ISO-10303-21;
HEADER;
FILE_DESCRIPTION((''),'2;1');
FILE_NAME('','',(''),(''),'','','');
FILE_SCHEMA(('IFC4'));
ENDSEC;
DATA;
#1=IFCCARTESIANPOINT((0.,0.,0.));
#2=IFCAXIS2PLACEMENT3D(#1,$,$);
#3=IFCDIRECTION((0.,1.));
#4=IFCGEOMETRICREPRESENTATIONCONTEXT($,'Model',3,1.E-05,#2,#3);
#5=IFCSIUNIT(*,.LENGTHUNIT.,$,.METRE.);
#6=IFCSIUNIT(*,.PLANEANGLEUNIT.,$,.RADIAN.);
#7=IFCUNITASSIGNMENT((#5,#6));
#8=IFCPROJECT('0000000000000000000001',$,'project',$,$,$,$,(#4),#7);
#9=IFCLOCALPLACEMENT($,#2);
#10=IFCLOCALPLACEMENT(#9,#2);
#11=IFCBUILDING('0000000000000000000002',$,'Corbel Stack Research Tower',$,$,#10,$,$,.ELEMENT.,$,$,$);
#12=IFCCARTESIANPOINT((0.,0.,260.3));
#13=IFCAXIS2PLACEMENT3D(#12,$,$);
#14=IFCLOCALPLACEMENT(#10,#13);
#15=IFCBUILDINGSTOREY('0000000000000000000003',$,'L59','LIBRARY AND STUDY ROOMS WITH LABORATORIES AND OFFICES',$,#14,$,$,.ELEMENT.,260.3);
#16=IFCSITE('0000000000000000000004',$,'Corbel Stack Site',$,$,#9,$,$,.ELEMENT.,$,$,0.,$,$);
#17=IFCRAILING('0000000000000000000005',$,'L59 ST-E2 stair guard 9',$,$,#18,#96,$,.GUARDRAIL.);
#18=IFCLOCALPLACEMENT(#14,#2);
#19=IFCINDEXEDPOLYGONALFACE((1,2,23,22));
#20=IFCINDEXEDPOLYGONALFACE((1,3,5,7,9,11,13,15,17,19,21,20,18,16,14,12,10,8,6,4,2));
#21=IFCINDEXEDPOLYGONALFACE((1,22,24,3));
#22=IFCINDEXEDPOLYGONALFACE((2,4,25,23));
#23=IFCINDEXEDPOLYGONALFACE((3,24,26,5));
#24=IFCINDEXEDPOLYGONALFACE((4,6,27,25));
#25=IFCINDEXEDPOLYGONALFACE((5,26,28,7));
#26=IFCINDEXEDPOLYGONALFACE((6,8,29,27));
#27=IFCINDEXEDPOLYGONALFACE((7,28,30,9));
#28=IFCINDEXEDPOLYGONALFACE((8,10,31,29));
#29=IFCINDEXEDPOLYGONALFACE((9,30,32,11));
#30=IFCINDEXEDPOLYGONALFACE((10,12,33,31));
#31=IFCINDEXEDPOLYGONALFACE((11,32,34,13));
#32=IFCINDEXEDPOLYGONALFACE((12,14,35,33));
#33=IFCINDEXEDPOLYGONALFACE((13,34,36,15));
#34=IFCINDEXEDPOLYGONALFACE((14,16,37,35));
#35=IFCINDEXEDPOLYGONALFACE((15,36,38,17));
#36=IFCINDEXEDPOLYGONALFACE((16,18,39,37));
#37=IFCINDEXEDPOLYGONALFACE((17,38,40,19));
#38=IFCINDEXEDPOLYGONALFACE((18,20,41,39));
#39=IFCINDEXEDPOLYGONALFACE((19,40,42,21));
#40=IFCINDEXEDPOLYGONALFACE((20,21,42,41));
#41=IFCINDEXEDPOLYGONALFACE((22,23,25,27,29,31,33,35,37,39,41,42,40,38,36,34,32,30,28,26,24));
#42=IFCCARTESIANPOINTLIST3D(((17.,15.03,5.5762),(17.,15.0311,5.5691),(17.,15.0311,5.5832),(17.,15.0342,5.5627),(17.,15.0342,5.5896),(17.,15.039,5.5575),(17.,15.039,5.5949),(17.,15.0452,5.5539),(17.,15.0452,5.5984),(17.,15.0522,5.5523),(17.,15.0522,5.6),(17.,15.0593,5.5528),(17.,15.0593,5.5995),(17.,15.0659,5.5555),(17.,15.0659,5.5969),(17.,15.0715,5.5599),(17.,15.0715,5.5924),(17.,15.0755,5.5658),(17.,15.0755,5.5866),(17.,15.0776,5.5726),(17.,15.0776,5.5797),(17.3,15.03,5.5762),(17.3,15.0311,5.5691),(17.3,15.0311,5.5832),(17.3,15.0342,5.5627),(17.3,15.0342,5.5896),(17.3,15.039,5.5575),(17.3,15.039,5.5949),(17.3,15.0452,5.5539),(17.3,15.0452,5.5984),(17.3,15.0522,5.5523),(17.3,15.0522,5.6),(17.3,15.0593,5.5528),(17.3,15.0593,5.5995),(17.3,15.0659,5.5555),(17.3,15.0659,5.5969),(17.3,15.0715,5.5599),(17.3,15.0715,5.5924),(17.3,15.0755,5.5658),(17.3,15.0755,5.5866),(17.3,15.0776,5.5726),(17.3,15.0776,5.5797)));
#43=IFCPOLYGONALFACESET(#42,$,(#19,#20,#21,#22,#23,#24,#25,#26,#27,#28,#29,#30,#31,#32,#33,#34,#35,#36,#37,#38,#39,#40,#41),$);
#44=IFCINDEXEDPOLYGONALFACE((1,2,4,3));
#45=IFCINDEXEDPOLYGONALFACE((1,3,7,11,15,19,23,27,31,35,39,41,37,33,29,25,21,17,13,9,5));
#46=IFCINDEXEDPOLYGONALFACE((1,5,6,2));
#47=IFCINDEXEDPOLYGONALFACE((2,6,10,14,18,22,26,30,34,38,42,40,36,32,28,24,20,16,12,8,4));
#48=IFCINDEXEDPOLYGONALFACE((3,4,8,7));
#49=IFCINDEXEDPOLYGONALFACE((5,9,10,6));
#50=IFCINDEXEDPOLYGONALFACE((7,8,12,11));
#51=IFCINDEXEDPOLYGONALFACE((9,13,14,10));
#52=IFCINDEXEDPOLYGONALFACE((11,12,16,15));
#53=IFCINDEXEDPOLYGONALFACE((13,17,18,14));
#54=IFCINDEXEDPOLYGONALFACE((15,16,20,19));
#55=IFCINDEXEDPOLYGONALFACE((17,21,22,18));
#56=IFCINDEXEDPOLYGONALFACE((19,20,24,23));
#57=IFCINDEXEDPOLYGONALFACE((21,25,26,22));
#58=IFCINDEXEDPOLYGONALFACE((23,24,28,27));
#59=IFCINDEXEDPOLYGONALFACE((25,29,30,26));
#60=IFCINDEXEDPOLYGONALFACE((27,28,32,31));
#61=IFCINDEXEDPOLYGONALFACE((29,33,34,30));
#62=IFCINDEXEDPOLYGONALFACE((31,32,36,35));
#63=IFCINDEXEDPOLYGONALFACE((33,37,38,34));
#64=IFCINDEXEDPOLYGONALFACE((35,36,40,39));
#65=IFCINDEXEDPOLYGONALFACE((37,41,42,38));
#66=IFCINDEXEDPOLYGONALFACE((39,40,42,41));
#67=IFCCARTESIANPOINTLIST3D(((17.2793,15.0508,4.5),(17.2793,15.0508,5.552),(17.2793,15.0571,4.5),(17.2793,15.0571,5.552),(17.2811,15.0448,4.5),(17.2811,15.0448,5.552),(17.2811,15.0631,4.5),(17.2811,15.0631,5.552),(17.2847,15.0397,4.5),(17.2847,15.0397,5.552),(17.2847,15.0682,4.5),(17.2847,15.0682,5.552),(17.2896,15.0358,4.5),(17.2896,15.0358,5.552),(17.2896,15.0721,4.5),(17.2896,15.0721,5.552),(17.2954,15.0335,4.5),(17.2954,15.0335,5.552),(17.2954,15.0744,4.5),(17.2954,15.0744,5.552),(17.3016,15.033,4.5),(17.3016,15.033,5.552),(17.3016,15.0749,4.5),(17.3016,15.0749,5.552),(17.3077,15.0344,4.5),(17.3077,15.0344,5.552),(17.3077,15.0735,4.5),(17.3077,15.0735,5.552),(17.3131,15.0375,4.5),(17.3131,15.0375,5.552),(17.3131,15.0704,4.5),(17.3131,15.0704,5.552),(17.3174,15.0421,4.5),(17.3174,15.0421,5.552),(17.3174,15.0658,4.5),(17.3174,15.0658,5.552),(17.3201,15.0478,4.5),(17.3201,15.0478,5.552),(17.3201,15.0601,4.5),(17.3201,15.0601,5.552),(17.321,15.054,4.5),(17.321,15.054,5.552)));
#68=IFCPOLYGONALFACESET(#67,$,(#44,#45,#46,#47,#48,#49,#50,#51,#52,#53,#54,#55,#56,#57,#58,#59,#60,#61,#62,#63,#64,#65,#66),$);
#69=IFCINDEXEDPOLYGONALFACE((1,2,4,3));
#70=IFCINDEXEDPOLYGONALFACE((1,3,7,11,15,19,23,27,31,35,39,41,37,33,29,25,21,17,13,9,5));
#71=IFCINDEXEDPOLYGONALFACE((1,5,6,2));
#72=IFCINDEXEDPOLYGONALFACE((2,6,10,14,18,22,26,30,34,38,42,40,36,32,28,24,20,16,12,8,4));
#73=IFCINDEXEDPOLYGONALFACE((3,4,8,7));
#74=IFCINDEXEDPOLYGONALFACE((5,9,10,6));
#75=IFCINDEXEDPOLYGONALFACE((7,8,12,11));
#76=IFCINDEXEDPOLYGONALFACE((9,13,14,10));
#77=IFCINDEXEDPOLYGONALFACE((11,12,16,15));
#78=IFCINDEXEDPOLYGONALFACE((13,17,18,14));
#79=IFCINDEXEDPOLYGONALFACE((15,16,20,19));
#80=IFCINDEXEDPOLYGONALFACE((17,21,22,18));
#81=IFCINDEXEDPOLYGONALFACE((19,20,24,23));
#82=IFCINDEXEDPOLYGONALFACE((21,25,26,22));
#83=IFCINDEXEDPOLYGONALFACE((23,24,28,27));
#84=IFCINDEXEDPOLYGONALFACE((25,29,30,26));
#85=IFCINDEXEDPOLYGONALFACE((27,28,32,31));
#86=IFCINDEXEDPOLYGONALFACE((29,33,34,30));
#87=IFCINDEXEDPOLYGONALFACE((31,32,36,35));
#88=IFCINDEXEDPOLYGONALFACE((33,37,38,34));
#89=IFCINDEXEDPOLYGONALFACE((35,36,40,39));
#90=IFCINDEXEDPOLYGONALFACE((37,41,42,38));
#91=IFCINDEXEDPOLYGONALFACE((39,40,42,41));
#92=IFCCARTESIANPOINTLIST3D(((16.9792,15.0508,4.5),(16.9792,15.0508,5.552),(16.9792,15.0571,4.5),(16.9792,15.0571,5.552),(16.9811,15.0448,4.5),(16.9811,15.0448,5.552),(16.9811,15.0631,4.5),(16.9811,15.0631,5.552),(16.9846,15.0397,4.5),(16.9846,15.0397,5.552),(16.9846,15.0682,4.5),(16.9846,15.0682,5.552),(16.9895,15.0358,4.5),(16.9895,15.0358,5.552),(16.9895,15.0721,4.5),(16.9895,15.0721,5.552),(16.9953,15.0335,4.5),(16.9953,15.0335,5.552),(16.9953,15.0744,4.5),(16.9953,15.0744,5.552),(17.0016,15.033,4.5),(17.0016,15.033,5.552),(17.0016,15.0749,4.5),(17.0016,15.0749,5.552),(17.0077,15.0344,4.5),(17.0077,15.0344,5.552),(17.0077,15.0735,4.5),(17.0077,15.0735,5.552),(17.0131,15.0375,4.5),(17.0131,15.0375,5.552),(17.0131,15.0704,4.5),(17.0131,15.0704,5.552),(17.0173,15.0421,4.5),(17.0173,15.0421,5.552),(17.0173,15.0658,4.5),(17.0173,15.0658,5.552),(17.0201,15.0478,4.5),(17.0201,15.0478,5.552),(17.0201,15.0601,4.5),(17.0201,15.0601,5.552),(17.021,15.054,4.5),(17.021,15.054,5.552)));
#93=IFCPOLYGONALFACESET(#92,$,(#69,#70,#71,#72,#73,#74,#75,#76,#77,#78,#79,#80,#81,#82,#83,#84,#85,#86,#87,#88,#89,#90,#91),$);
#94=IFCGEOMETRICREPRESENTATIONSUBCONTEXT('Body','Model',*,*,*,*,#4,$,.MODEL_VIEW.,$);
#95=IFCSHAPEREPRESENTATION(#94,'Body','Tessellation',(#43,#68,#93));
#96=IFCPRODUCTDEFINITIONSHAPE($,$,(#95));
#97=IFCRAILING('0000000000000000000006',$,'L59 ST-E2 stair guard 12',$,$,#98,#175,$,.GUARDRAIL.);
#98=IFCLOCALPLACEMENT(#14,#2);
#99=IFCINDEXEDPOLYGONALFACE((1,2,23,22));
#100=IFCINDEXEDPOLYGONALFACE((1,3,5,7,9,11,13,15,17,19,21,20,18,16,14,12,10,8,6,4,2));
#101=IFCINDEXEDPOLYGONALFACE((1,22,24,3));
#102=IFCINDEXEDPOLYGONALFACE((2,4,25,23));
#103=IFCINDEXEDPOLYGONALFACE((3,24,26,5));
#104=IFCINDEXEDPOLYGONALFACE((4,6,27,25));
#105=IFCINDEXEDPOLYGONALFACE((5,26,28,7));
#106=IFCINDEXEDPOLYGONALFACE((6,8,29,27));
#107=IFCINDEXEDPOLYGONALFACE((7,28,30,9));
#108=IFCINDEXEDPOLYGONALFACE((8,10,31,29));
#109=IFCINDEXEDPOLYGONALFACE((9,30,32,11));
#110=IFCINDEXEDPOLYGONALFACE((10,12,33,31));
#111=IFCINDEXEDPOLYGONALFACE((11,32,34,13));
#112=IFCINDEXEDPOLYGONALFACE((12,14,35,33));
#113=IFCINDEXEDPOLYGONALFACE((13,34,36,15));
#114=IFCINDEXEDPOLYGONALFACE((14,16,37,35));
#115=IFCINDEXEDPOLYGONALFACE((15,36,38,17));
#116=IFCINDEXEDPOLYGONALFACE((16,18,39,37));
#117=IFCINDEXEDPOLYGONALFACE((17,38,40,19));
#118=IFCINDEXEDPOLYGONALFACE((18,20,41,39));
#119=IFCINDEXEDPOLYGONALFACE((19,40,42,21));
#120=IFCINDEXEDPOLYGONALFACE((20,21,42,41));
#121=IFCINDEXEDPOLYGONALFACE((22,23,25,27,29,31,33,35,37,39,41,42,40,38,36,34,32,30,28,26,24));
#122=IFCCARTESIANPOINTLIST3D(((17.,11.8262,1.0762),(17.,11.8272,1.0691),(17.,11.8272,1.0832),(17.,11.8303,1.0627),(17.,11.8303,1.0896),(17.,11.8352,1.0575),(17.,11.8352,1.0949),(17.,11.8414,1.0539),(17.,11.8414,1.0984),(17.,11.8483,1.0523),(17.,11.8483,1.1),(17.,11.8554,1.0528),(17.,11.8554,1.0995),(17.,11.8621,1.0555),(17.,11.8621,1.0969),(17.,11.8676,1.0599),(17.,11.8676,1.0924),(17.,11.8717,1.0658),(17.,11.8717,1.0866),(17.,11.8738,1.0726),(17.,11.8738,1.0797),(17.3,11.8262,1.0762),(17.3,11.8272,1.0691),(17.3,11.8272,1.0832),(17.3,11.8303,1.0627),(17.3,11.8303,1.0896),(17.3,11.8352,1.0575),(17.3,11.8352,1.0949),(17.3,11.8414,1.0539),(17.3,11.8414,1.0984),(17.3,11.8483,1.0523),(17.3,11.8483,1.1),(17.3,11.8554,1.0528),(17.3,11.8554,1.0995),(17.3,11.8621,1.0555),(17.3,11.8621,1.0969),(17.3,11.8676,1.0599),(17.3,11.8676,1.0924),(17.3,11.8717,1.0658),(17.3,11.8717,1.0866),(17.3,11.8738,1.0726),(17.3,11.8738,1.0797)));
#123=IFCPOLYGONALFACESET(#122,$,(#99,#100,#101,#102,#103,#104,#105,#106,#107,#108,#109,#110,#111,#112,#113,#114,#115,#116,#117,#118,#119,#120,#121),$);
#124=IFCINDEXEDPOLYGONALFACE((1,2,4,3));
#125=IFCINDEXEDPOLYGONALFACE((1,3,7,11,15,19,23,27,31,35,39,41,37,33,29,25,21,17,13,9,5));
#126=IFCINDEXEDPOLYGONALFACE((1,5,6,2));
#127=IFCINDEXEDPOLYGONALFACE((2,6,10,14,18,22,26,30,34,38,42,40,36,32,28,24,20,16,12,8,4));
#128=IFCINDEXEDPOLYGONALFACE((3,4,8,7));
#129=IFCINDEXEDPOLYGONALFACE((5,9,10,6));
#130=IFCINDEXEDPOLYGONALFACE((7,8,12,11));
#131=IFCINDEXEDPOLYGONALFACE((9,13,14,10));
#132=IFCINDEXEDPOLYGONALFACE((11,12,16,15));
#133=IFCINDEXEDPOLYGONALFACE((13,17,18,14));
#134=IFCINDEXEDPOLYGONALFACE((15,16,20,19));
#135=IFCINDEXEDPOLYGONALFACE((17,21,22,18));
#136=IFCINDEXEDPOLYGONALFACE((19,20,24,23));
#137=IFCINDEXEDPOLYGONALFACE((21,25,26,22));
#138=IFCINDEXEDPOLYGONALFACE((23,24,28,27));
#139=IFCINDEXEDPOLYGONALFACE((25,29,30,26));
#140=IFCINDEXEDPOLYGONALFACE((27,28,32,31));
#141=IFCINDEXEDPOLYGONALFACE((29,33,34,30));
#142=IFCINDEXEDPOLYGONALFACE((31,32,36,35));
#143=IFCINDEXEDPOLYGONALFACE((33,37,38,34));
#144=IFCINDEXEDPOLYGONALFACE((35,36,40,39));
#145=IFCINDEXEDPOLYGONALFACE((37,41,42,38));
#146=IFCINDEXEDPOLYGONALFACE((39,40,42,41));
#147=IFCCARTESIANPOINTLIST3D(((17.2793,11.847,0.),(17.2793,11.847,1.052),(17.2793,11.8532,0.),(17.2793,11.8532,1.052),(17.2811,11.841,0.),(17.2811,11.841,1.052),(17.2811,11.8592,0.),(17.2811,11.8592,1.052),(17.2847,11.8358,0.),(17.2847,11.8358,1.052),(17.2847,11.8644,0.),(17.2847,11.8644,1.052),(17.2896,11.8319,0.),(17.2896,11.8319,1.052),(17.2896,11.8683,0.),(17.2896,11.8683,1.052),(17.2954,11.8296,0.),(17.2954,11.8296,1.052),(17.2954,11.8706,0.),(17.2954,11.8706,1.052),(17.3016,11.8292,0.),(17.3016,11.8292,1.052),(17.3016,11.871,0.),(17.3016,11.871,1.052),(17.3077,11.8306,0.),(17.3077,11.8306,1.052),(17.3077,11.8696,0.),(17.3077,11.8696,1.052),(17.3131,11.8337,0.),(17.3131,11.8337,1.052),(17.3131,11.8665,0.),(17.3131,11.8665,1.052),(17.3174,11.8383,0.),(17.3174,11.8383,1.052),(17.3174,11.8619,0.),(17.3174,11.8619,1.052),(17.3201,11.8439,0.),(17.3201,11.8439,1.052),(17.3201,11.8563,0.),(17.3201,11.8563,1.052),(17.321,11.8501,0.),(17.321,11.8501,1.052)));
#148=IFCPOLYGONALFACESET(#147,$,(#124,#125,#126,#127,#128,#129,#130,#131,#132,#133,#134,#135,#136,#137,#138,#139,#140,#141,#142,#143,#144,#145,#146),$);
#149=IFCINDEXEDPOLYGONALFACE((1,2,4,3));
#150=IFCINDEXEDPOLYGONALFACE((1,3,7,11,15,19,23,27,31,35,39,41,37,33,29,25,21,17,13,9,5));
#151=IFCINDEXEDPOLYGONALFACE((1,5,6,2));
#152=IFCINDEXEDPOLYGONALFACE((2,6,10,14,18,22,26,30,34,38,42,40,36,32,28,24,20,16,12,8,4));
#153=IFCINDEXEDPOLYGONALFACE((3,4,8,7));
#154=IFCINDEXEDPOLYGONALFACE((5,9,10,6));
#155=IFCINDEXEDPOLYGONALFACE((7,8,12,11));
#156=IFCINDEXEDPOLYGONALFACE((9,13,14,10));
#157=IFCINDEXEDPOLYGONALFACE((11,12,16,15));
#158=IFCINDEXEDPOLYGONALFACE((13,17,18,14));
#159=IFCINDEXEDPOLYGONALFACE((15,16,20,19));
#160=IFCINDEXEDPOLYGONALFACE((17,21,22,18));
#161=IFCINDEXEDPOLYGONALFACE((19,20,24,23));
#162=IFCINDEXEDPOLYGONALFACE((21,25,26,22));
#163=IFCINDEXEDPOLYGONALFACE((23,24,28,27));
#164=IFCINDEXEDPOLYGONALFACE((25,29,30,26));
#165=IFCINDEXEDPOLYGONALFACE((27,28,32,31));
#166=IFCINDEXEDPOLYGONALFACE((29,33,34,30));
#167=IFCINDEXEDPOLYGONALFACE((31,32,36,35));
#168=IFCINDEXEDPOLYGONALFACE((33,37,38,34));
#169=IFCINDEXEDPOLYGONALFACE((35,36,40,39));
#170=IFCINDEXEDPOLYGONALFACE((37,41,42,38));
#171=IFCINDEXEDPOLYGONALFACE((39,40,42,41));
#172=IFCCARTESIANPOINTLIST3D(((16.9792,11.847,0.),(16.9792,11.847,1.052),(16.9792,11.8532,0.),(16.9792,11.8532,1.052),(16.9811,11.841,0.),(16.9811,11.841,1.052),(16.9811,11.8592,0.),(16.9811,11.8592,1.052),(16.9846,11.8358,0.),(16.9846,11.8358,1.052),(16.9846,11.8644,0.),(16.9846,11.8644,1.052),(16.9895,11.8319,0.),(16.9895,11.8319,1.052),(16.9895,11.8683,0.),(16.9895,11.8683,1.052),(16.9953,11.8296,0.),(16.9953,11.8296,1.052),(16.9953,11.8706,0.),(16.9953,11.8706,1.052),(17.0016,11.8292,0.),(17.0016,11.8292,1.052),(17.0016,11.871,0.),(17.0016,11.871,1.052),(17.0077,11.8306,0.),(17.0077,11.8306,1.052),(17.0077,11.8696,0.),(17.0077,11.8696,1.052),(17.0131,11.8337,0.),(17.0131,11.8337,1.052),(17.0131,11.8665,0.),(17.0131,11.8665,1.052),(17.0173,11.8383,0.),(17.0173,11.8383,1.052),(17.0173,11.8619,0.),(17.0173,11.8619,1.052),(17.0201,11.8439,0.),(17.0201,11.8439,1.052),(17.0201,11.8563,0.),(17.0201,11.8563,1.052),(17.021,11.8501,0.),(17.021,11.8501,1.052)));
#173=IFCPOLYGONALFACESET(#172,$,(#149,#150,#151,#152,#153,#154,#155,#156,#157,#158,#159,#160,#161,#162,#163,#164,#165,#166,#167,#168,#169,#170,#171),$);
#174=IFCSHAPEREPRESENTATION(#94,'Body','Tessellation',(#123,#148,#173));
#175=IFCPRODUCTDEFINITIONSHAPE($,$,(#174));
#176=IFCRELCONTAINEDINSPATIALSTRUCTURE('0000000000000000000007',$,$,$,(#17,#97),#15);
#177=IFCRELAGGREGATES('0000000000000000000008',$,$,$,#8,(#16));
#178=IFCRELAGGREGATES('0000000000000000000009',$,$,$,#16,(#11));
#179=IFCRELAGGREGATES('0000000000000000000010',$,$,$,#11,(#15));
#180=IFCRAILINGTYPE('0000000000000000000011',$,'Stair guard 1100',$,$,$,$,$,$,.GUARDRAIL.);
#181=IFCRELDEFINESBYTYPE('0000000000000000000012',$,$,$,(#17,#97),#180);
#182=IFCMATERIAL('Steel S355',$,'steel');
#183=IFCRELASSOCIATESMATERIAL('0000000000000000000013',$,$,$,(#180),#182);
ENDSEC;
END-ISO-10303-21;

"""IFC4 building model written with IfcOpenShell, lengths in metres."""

from ifc_helpers import new_model, si_unit, direction, frame, origin, origin_2d, place, context, subcontext, project, spatial, circle, extrude, material, type_object, element, save


model = new_model("IFC4")

# Units and contexts
model_context = context("Model", 3, precision=1e-05, world=origin(), true_north=direction((0.0, 1.0)))
body_context = subcontext(model_context, "Body", "Model", "MODEL_VIEW")
ifc_project = project(units=[si_unit("LENGTHUNIT", "METRE"), si_unit("PLANEANGLEUNIT", "RADIAN")], contexts=[model_context])

# Site, building, storey
site_placement = place(None, origin())
site = spatial("IfcSite", under=ifc_project, at=site_placement, Name="Corbel Stack Site", CompositionType="ELEMENT", RefElevation=0.0)
building_placement = place(site_placement, origin())
building = spatial("IfcBuilding", under=site, at=building_placement, Name="Corbel Stack Research Tower", CompositionType="ELEMENT")
storey_placement = place(building_placement, frame((0.0, 0.0, 260.3)))
storey = spatial("IfcBuildingStorey", under=building, at=storey_placement, Name="L59", Description="LIBRARY AND STUDY ROOMS WITH LABORATORIES AND OFFICES", CompositionType="ELEMENT", Elevation=260.3)

# Railings
ifc_material_1 = material(Name="Steel S355", Category="steel")
railing_type_1 = type_object("IfcRailingType", Name="Stair guard 1100", PredefinedType="GUARDRAIL", material=ifc_material_1)
for number, where, name in (
    (1, (17.3, 15.054, 4.5), "L59 ST-E2 stair guard 9"),
    (2, (17.3, 11.8501, 0.0), "L59 ST-E2 stair guard 12"),
):
    element("IfcRailing", number, at=place(storey_placement, frame(where)), inside=storey, type_object=railing_type_1, Name=name, PredefinedType="GUARDRAIL", context=body_context, shape_type="SweptSolid", body=[
        extrude(circle(Radius=0.0239, at=origin_2d()), frame((0.0, 0.0, 1.0762), z_axis=(-1.0, 0.0, 0.0), x_axis=(0.0, -1.0, 0.0)), (0.0, 0.0, 1.0), 0.3),
        extrude(circle(Radius=0.021, at=origin_2d()), origin(), (0.0, 0.0, 1.0), 1.052),
        extrude(circle(Radius=0.021, at=origin_2d()), frame((-0.3, 0.0, 0.0)), (0.0, 0.0, 1.0), 1.052),
    ])

save(model, "model.ifc")
